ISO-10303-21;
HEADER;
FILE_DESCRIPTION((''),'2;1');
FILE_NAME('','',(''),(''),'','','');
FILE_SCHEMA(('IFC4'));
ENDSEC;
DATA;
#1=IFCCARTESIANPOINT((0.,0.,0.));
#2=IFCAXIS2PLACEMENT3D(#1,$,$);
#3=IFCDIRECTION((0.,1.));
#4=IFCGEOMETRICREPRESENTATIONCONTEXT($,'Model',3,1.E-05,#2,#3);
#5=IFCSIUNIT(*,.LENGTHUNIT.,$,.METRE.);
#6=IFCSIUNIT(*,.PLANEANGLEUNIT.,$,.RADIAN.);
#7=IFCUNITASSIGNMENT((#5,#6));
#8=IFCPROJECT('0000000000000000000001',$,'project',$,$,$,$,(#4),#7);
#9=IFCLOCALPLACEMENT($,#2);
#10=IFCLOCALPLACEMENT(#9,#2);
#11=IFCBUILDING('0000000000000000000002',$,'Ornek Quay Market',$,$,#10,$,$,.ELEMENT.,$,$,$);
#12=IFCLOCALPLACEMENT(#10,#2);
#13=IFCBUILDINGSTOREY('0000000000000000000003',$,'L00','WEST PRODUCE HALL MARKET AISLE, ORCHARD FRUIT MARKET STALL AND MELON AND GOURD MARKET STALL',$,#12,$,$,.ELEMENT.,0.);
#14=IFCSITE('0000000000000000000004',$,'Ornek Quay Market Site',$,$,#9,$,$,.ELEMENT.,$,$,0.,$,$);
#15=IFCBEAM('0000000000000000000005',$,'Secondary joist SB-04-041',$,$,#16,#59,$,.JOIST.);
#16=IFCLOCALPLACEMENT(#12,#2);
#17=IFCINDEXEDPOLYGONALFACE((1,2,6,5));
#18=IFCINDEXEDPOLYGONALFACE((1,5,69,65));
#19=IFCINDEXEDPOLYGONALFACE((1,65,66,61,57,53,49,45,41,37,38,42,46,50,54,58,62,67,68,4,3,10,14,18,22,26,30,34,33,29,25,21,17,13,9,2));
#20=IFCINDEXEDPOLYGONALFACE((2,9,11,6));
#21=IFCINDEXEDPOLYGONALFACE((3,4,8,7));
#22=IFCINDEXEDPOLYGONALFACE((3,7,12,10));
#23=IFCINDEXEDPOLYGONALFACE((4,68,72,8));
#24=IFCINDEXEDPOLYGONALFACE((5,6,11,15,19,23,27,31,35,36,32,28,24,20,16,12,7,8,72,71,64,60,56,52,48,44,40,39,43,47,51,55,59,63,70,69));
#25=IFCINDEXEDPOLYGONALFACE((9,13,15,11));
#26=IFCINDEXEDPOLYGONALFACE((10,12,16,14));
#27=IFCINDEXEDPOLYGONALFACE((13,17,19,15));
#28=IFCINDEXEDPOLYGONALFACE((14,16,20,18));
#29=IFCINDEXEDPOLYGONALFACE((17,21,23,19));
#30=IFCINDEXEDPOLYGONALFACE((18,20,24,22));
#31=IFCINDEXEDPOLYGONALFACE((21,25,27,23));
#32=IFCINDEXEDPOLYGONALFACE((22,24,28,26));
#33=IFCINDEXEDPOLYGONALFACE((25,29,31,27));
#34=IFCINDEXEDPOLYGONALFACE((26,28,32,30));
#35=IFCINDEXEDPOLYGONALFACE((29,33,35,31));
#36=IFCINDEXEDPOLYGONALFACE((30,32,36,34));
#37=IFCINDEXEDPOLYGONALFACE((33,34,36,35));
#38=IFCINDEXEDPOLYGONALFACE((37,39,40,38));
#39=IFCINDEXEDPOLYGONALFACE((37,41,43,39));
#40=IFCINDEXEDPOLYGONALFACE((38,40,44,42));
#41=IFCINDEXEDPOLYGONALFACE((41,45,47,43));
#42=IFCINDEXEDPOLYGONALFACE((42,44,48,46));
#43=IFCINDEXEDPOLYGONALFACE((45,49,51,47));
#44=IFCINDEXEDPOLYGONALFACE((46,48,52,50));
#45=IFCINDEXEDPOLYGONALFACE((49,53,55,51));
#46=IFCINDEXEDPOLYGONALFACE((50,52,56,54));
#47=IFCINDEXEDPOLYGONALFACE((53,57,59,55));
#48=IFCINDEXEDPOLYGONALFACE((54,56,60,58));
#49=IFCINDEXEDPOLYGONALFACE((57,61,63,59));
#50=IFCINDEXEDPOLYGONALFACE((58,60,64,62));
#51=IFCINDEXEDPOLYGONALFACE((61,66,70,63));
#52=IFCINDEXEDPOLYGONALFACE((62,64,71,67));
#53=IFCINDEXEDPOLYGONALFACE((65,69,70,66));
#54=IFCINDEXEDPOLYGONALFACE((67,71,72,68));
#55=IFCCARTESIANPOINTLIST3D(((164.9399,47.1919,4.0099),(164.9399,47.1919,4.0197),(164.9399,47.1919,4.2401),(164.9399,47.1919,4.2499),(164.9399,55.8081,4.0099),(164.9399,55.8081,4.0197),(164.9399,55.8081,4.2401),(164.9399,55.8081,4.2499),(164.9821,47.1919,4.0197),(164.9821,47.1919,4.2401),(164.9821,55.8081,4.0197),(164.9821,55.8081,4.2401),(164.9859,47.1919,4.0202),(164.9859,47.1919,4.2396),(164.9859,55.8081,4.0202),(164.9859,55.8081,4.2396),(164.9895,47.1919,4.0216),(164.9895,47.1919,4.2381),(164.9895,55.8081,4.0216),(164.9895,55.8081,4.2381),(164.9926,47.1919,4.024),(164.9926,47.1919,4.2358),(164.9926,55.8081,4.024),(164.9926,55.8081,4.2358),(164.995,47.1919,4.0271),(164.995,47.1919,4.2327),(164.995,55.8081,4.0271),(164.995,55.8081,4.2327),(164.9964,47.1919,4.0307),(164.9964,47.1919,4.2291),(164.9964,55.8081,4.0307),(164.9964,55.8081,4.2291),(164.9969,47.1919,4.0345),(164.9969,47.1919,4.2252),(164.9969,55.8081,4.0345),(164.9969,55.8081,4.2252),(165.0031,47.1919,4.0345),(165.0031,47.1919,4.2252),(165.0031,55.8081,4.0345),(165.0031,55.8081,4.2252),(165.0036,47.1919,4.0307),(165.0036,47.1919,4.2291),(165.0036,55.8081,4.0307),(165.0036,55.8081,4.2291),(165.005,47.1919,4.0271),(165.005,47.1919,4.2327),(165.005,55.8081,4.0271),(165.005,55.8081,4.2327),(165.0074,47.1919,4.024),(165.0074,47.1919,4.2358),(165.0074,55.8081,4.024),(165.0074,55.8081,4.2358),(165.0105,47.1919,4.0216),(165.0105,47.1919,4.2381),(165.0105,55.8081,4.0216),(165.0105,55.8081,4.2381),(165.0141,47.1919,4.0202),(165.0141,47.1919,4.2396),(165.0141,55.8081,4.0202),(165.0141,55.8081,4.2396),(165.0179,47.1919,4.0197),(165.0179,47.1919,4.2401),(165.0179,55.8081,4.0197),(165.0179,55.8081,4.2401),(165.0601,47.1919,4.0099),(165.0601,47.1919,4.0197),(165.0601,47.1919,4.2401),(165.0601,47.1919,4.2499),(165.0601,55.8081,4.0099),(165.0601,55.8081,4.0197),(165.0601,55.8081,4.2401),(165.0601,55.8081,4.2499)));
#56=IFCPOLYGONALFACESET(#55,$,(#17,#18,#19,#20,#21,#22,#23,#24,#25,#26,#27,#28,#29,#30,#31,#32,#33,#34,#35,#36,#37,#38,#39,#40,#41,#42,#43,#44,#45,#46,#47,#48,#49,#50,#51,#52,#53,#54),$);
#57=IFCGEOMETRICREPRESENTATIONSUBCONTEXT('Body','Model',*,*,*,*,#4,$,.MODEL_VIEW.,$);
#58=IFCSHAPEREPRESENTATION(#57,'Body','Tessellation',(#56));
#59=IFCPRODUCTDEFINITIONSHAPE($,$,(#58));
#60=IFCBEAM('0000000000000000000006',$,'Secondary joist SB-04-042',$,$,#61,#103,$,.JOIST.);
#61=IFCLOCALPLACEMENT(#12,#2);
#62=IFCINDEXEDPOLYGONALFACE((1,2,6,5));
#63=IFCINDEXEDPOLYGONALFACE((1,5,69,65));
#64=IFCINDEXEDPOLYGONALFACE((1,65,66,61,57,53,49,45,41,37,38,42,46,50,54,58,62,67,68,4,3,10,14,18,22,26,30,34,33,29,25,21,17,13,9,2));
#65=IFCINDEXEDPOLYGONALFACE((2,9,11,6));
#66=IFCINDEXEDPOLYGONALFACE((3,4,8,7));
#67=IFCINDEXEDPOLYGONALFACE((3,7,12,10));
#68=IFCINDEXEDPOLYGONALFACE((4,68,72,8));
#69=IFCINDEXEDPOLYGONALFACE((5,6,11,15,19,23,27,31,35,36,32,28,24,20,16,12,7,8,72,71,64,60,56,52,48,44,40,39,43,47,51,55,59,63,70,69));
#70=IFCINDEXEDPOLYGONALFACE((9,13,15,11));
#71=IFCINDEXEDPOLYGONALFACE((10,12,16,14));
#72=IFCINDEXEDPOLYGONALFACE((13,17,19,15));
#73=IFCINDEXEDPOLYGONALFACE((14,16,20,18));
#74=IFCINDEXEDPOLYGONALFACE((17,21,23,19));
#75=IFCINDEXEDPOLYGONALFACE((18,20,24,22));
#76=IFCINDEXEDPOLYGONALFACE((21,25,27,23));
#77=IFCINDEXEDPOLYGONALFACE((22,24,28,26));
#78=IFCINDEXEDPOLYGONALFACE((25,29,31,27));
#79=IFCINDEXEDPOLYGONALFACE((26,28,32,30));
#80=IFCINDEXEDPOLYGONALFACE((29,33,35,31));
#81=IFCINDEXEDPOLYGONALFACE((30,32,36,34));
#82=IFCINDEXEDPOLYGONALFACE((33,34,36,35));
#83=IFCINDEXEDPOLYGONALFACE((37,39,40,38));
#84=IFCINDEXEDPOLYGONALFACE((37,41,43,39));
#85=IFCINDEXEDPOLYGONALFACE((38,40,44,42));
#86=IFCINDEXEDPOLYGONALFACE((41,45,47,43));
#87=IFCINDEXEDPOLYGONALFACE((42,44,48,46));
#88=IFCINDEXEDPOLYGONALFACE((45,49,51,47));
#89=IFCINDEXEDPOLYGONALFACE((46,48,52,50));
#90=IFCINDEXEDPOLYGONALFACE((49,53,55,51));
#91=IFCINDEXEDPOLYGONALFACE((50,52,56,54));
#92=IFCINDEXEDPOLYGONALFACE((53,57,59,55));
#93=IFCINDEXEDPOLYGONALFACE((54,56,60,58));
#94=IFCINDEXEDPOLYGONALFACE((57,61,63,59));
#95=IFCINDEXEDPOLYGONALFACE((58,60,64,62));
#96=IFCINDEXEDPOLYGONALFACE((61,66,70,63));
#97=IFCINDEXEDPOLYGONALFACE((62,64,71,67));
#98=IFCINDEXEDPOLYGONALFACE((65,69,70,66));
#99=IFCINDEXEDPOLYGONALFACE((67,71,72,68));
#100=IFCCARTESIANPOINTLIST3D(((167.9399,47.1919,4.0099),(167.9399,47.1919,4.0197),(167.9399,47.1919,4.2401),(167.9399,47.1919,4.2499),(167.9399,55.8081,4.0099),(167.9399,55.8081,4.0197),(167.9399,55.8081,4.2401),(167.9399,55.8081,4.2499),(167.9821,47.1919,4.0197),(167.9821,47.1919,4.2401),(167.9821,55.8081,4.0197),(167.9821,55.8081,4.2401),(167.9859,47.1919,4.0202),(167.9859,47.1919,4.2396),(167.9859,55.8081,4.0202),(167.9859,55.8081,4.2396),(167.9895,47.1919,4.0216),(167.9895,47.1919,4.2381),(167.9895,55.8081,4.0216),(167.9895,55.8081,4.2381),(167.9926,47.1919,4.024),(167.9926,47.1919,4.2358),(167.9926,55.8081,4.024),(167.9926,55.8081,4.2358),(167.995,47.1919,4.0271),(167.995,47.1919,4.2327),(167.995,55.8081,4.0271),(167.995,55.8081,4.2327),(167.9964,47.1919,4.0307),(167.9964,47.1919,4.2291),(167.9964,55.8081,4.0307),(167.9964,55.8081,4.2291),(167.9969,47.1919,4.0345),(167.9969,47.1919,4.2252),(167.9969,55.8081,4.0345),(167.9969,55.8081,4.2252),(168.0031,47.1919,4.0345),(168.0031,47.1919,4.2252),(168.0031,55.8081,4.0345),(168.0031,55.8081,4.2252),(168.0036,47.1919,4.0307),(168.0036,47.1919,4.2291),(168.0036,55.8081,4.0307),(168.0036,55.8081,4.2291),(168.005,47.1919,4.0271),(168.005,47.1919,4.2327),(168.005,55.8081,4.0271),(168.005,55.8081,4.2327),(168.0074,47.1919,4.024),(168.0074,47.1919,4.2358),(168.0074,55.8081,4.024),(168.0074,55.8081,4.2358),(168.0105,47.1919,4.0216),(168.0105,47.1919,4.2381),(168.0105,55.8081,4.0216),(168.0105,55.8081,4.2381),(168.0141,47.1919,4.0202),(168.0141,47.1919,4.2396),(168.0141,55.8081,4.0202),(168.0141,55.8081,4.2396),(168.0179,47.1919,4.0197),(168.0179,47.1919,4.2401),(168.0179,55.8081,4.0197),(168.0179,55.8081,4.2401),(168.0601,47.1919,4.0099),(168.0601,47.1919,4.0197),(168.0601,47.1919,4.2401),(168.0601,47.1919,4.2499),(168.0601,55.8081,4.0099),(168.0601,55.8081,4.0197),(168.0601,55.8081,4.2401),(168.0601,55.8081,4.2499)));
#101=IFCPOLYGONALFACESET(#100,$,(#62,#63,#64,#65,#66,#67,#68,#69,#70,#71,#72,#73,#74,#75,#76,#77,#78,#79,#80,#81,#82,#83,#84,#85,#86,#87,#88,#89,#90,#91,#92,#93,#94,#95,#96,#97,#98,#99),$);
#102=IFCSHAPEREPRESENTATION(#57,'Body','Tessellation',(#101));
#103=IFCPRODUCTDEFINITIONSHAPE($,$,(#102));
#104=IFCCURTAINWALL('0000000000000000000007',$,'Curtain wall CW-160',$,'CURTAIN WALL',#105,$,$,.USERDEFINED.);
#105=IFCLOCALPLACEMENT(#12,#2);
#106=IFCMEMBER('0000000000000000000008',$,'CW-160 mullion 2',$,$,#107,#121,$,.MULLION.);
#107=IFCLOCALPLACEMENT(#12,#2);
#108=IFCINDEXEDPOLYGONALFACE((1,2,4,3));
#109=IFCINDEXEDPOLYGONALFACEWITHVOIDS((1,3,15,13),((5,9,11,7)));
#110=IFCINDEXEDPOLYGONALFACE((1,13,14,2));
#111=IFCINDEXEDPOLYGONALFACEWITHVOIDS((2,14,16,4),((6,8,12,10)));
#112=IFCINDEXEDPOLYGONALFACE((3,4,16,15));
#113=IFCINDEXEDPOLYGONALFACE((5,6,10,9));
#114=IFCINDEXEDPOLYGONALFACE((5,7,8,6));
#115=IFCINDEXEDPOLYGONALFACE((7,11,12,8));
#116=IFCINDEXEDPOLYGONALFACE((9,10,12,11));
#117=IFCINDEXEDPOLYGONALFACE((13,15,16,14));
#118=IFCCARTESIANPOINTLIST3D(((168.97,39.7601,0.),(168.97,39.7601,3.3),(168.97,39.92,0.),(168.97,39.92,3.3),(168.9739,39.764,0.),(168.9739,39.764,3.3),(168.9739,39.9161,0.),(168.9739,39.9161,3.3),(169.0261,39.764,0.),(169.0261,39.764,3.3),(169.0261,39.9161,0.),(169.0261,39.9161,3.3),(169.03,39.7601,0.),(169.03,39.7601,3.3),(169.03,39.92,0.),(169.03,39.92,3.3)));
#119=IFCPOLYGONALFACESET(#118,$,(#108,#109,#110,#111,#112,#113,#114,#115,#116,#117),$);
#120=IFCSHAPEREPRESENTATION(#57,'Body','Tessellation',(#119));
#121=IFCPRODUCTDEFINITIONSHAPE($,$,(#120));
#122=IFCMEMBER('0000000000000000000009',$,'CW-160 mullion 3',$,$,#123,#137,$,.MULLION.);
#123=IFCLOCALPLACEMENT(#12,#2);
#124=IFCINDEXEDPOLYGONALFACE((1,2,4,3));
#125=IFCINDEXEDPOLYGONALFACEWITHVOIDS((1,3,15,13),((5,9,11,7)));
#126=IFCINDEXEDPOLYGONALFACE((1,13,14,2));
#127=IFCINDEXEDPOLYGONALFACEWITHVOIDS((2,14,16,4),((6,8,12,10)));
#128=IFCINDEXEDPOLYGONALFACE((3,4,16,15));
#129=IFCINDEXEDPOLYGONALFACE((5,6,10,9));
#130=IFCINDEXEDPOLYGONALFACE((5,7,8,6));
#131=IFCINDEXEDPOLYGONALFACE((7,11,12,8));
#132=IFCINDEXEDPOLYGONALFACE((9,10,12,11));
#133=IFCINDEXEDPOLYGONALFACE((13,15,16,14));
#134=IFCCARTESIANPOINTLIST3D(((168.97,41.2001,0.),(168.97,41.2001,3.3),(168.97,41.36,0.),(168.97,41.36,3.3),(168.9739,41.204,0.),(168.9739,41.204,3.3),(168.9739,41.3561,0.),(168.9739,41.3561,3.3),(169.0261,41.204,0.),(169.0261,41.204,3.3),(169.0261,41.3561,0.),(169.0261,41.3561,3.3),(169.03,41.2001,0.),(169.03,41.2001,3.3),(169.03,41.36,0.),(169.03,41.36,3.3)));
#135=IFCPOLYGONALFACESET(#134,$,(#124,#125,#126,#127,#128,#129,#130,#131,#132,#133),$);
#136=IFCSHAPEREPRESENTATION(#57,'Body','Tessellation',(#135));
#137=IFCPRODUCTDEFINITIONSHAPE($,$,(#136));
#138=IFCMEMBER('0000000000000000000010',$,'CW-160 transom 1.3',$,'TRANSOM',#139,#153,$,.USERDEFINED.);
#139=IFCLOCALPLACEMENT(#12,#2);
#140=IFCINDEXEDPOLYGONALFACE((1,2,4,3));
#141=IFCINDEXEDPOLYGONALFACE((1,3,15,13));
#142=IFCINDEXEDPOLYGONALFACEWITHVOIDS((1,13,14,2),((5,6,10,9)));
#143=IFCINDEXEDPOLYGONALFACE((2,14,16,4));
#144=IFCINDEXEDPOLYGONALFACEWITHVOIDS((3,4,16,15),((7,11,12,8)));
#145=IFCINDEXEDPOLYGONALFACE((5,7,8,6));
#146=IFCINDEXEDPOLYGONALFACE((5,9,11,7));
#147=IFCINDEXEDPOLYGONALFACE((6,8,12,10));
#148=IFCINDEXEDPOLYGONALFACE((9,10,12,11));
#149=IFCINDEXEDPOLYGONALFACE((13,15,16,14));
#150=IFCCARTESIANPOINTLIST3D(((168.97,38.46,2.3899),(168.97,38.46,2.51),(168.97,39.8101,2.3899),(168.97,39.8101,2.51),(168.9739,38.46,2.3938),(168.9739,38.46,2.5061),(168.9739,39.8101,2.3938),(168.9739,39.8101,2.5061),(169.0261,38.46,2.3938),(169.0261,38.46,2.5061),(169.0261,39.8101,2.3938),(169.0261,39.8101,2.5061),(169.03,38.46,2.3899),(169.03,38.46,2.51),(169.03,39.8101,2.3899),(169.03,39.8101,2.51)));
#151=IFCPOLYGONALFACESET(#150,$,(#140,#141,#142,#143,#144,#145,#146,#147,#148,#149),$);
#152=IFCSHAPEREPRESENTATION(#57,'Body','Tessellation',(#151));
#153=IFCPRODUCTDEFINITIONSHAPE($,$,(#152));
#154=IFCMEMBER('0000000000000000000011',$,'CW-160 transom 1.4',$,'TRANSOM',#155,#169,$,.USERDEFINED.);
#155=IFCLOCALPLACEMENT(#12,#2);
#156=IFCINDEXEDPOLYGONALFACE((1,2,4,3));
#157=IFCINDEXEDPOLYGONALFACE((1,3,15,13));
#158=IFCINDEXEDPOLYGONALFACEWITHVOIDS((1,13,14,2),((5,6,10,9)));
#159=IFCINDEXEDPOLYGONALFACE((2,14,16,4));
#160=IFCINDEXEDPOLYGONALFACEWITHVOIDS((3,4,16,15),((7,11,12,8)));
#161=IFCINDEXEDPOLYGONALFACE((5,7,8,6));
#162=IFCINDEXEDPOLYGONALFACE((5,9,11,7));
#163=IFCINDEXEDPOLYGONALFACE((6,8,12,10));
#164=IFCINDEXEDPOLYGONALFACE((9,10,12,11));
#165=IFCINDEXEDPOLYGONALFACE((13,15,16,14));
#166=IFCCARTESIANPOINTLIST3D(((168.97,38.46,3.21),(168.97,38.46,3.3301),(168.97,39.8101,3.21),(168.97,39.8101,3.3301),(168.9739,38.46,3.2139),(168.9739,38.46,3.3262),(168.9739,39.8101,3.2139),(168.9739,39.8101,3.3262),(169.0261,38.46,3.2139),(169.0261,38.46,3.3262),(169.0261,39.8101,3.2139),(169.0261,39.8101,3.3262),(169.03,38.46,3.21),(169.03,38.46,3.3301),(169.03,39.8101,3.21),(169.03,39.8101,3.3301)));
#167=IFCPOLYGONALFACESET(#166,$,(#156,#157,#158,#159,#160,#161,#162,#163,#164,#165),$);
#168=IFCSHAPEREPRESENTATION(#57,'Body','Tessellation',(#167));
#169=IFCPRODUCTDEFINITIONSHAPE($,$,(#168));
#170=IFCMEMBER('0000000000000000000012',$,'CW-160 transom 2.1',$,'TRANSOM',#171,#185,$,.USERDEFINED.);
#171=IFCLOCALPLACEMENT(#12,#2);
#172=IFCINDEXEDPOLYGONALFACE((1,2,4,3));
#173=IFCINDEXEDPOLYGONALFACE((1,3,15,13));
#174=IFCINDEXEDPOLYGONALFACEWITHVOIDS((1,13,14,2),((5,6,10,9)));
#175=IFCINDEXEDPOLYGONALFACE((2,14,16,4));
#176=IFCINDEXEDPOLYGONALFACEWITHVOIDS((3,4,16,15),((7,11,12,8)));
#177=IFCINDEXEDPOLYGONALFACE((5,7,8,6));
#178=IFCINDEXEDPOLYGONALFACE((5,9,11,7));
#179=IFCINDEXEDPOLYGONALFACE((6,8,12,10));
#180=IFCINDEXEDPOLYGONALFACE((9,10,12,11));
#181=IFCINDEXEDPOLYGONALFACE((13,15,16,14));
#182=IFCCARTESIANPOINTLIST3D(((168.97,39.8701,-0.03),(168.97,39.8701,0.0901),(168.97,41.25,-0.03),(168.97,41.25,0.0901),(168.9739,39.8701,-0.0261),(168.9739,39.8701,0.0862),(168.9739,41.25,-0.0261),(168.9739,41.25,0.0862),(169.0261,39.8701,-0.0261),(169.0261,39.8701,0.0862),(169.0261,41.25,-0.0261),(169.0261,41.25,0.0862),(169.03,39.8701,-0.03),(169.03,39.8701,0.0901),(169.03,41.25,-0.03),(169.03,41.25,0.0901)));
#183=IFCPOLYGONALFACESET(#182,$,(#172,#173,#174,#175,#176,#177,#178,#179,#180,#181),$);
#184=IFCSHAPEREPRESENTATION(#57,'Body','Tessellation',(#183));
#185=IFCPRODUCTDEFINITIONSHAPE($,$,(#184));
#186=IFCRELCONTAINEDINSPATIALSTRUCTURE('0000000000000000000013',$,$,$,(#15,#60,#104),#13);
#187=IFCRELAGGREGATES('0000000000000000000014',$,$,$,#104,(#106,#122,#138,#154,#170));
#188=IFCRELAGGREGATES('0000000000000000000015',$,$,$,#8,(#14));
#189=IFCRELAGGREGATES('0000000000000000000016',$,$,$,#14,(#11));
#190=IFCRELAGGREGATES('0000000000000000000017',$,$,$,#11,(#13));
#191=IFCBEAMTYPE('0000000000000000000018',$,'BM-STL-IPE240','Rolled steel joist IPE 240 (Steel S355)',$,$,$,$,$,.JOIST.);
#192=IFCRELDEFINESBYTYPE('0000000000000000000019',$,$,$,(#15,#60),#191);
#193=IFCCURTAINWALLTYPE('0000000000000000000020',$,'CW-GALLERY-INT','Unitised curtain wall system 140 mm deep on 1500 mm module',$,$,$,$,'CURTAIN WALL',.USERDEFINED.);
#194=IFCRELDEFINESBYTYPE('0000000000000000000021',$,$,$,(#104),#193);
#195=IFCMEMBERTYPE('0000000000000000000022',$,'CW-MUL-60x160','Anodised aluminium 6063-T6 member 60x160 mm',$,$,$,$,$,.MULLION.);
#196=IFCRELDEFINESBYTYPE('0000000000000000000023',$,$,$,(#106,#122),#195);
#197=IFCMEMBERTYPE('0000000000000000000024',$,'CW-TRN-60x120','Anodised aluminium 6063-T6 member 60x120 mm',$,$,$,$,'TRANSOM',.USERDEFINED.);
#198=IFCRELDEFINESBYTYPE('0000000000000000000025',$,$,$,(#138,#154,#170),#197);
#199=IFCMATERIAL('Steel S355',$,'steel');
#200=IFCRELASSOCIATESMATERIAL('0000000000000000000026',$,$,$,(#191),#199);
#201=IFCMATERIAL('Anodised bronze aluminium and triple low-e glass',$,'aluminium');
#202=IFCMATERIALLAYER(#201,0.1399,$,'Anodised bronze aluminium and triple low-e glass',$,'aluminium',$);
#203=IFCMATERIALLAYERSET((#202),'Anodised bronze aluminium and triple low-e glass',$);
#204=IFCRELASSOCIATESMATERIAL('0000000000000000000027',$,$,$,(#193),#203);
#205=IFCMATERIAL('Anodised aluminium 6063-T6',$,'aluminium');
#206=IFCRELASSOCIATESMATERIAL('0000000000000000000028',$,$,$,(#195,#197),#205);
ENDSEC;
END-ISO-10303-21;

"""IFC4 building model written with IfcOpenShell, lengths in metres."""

from ifc_helpers import new_model, si_unit, direction, frame, origin, origin_2d, place, context, subcontext, project, spatial, hollow_rectangle, i_section, extrude, material, layer, layer_set, material_profile, profile_set, type_object, element, aggregate, save


model = new_model("IFC4")

# Units and contexts
model_context = context("Model", 3, precision=1e-05, world=origin(), true_north=direction((0.0, 1.0)))
body_context = subcontext(model_context, "Body", "Model", "MODEL_VIEW")
ifc_project = project(units=[si_unit("LENGTHUNIT", "METRE"), si_unit("PLANEANGLEUNIT", "RADIAN")], contexts=[model_context])

# Site, building, storey
site_placement = place(None, origin())
site = spatial("IfcSite", under=ifc_project, at=site_placement, Name="Ornek Quay Market Site", CompositionType="ELEMENT", RefElevation=0.0)
building_placement = place(site_placement, origin())
building = spatial("IfcBuilding", under=site, at=building_placement, Name="Ornek Quay Market", CompositionType="ELEMENT")
storey_placement = place(building_placement, origin())
storey = spatial("IfcBuildingStorey", under=building, at=storey_placement, Name="L00", Description="WEST PRODUCE HALL MARKET AISLE, ORCHARD FRUIT MARKET STALL AND MELON AND GOURD MARKET STALL", CompositionType="ELEMENT", Elevation=0.0)

# Beams
ifc_material_1 = material(Name="Steel S355", Category="steel")
ifc_material_profile_1 = material_profile(ifc_material_1, i_section(OverallWidth=0.1201, OverallDepth=0.24, WebThickness=0.0061, FlangeThickness=0.0098, FilletRadius=0.0149, at=origin_2d()), Name="IPE 240", Category="steel")
ifc_profile_set_1 = profile_set([ifc_material_profile_1], Name="Steel S355")
beam_type = type_object("IfcBeamType", Name="BM-STL-IPE240", Description="Rolled steel joist IPE 240 (Steel S355)", PredefinedType="JOIST", material=ifc_profile_set_1)
for number, where, z_axis, x_axis, name in (
    (1, (165.0, 47.1919, 4.1299), (0.0, 1.0, 0.0), (-1.0, 0.0, 0.0), "Secondary joist SB-04-041"),
    (2, (168.0, 47.1919, 4.1299), (0.0, 1.0, 0.0), (-1.0, 0.0, 0.0), "Secondary joist SB-04-042"),
):
    element("IfcBeam", number, at=place(storey_placement, frame(where, z_axis=z_axis, x_axis=x_axis)), inside=storey, type_object=beam_type, Name=name, PredefinedType="JOIST", context=body_context, shape_type="SweptSolid", body=[
        extrude(i_section(OverallWidth=0.1201, OverallDepth=0.24, WebThickness=0.0061, FlangeThickness=0.0098, FilletRadius=0.0149, at=origin_2d()), origin(), (0.0, 0.0, 1.0), 8.6162),
    ])

# Curtain wall, members
ifc_material_2 = material(Name="Anodised bronze aluminium and triple low-e glass", Category="aluminium")
ifc_layer_1 = layer(ifc_material_2, 0.1399, Name="Anodised bronze aluminium and triple low-e glass", Category="aluminium")
ifc_layer_set_1 = layer_set([ifc_layer_1], Name="Anodised bronze aluminium and triple low-e glass")
curtain_wall_type = type_object("IfcCurtainWallType", Name="CW-GALLERY-INT", Description="Unitised curtain wall system 140 mm deep on 1500 mm module", ElementType="CURTAIN WALL", PredefinedType="USERDEFINED", material=ifc_layer_set_1)
curtain_wall_placement = place(storey_placement, origin())
curtain_wall = element("IfcCurtainWall", 3, at=curtain_wall_placement, inside=storey, type_object=curtain_wall_type, Name="Curtain wall CW-160", ObjectType="CURTAIN WALL", PredefinedType="USERDEFINED")
ifc_material_3 = material(Name="Anodised aluminium 6063-T6", Category="aluminium")
ifc_material_profile_2 = material_profile(ifc_material_3, hollow_rectangle(XDim=0.0601, YDim=0.1599, WallThickness=0.0039, at=origin_2d()), Name="CW-MUL-60x160", Category="aluminium")
ifc_profile_set_2 = profile_set([ifc_material_profile_2], Name="Anodised aluminium 6063-T6")
member_type_1 = type_object("IfcMemberType", Name="CW-MUL-60x160", Description="Anodised aluminium 6063-T6 member 60x160 mm", PredefinedType="MULLION", material=ifc_profile_set_2)
member_1_placement = place(storey_placement, frame((169.0, 39.8401, 0.0), z_axis=(0.0, 0.0, 1.0), x_axis=(-1.0, 0.0, 0.0)))
member_1 = element("IfcMember", 4, at=member_1_placement, type_object=member_type_1, Name="CW-160 mullion 2", PredefinedType="MULLION", context=body_context, shape_type="SweptSolid", body=[
    extrude(hollow_rectangle(XDim=0.0601, YDim=0.1599, WallThickness=0.0039, at=origin_2d()), origin(), (0.0, 0.0, 1.0), 3.3),
])
member_2_placement = place(storey_placement, frame((169.0, 41.28, 0.0), z_axis=(0.0, 0.0, 1.0), x_axis=(-1.0, 0.0, 0.0)))
member_2 = element("IfcMember", 5, at=member_2_placement, type_object=member_type_1, Name="CW-160 mullion 3", PredefinedType="MULLION", context=body_context, shape_type="SweptSolid", body=[
    extrude(hollow_rectangle(XDim=0.0601, YDim=0.1599, WallThickness=0.0039, at=origin_2d()), origin(), (0.0, 0.0, 1.0), 3.3),
])
ifc_material_profile_3 = material_profile(ifc_material_3, hollow_rectangle(XDim=0.0601, YDim=0.1201, WallThickness=0.0039, at=origin_2d()), Name="CW-TRN-60x120", Category="aluminium")
ifc_profile_set_3 = profile_set([ifc_material_profile_3], Name="Anodised aluminium 6063-T6")
member_type_2 = type_object("IfcMemberType", Name="CW-TRN-60x120", Description="Anodised aluminium 6063-T6 member 60x120 mm", ElementType="TRANSOM", PredefinedType="USERDEFINED", material=ifc_profile_set_3)
member_3_placement = place(storey_placement, frame((169.0, 38.46, 2.45), z_axis=(0.0, 1.0, 0.0), x_axis=(-1.0, 0.0, 0.0)))
member_3 = element("IfcMember", 6, at=member_3_placement, type_object=member_type_2, Name="CW-160 transom 1.3", ObjectType="TRANSOM", PredefinedType="USERDEFINED", context=body_context, shape_type="SweptSolid", body=[
    extrude(hollow_rectangle(XDim=0.0601, YDim=0.1201, WallThickness=0.0039, at=origin_2d()), origin(), (0.0, 0.0, 1.0), 1.3501),
])
member_4_placement = place(storey_placement, frame((169.0, 38.46, 3.27), z_axis=(0.0, 1.0, 0.0), x_axis=(-1.0, 0.0, 0.0)))
member_4 = element("IfcMember", 7, at=member_4_placement, type_object=member_type_2, Name="CW-160 transom 1.4", ObjectType="TRANSOM", PredefinedType="USERDEFINED", context=body_context, shape_type="SweptSolid", body=[
    extrude(hollow_rectangle(XDim=0.0601, YDim=0.1201, WallThickness=0.0039, at=origin_2d()), origin(), (0.0, 0.0, 1.0), 1.3501),
])
member_5_placement = place(storey_placement, frame((169.0, 39.8701, 0.03), z_axis=(0.0, 1.0, 0.0), x_axis=(-1.0, 0.0, 0.0)))
member_5 = element("IfcMember", 8, at=member_5_placement, type_object=member_type_2, Name="CW-160 transom 2.1", ObjectType="TRANSOM", PredefinedType="USERDEFINED", context=body_context, shape_type="SweptSolid", body=[
    extrude(hollow_rectangle(XDim=0.0601, YDim=0.1201, WallThickness=0.0039, at=origin_2d()), origin(), (0.0, 0.0, 1.0), 1.3799),
])
aggregate(curtain_wall, [member_1, member_2, member_3, member_4, member_5])

save(model, "model.ifc")
